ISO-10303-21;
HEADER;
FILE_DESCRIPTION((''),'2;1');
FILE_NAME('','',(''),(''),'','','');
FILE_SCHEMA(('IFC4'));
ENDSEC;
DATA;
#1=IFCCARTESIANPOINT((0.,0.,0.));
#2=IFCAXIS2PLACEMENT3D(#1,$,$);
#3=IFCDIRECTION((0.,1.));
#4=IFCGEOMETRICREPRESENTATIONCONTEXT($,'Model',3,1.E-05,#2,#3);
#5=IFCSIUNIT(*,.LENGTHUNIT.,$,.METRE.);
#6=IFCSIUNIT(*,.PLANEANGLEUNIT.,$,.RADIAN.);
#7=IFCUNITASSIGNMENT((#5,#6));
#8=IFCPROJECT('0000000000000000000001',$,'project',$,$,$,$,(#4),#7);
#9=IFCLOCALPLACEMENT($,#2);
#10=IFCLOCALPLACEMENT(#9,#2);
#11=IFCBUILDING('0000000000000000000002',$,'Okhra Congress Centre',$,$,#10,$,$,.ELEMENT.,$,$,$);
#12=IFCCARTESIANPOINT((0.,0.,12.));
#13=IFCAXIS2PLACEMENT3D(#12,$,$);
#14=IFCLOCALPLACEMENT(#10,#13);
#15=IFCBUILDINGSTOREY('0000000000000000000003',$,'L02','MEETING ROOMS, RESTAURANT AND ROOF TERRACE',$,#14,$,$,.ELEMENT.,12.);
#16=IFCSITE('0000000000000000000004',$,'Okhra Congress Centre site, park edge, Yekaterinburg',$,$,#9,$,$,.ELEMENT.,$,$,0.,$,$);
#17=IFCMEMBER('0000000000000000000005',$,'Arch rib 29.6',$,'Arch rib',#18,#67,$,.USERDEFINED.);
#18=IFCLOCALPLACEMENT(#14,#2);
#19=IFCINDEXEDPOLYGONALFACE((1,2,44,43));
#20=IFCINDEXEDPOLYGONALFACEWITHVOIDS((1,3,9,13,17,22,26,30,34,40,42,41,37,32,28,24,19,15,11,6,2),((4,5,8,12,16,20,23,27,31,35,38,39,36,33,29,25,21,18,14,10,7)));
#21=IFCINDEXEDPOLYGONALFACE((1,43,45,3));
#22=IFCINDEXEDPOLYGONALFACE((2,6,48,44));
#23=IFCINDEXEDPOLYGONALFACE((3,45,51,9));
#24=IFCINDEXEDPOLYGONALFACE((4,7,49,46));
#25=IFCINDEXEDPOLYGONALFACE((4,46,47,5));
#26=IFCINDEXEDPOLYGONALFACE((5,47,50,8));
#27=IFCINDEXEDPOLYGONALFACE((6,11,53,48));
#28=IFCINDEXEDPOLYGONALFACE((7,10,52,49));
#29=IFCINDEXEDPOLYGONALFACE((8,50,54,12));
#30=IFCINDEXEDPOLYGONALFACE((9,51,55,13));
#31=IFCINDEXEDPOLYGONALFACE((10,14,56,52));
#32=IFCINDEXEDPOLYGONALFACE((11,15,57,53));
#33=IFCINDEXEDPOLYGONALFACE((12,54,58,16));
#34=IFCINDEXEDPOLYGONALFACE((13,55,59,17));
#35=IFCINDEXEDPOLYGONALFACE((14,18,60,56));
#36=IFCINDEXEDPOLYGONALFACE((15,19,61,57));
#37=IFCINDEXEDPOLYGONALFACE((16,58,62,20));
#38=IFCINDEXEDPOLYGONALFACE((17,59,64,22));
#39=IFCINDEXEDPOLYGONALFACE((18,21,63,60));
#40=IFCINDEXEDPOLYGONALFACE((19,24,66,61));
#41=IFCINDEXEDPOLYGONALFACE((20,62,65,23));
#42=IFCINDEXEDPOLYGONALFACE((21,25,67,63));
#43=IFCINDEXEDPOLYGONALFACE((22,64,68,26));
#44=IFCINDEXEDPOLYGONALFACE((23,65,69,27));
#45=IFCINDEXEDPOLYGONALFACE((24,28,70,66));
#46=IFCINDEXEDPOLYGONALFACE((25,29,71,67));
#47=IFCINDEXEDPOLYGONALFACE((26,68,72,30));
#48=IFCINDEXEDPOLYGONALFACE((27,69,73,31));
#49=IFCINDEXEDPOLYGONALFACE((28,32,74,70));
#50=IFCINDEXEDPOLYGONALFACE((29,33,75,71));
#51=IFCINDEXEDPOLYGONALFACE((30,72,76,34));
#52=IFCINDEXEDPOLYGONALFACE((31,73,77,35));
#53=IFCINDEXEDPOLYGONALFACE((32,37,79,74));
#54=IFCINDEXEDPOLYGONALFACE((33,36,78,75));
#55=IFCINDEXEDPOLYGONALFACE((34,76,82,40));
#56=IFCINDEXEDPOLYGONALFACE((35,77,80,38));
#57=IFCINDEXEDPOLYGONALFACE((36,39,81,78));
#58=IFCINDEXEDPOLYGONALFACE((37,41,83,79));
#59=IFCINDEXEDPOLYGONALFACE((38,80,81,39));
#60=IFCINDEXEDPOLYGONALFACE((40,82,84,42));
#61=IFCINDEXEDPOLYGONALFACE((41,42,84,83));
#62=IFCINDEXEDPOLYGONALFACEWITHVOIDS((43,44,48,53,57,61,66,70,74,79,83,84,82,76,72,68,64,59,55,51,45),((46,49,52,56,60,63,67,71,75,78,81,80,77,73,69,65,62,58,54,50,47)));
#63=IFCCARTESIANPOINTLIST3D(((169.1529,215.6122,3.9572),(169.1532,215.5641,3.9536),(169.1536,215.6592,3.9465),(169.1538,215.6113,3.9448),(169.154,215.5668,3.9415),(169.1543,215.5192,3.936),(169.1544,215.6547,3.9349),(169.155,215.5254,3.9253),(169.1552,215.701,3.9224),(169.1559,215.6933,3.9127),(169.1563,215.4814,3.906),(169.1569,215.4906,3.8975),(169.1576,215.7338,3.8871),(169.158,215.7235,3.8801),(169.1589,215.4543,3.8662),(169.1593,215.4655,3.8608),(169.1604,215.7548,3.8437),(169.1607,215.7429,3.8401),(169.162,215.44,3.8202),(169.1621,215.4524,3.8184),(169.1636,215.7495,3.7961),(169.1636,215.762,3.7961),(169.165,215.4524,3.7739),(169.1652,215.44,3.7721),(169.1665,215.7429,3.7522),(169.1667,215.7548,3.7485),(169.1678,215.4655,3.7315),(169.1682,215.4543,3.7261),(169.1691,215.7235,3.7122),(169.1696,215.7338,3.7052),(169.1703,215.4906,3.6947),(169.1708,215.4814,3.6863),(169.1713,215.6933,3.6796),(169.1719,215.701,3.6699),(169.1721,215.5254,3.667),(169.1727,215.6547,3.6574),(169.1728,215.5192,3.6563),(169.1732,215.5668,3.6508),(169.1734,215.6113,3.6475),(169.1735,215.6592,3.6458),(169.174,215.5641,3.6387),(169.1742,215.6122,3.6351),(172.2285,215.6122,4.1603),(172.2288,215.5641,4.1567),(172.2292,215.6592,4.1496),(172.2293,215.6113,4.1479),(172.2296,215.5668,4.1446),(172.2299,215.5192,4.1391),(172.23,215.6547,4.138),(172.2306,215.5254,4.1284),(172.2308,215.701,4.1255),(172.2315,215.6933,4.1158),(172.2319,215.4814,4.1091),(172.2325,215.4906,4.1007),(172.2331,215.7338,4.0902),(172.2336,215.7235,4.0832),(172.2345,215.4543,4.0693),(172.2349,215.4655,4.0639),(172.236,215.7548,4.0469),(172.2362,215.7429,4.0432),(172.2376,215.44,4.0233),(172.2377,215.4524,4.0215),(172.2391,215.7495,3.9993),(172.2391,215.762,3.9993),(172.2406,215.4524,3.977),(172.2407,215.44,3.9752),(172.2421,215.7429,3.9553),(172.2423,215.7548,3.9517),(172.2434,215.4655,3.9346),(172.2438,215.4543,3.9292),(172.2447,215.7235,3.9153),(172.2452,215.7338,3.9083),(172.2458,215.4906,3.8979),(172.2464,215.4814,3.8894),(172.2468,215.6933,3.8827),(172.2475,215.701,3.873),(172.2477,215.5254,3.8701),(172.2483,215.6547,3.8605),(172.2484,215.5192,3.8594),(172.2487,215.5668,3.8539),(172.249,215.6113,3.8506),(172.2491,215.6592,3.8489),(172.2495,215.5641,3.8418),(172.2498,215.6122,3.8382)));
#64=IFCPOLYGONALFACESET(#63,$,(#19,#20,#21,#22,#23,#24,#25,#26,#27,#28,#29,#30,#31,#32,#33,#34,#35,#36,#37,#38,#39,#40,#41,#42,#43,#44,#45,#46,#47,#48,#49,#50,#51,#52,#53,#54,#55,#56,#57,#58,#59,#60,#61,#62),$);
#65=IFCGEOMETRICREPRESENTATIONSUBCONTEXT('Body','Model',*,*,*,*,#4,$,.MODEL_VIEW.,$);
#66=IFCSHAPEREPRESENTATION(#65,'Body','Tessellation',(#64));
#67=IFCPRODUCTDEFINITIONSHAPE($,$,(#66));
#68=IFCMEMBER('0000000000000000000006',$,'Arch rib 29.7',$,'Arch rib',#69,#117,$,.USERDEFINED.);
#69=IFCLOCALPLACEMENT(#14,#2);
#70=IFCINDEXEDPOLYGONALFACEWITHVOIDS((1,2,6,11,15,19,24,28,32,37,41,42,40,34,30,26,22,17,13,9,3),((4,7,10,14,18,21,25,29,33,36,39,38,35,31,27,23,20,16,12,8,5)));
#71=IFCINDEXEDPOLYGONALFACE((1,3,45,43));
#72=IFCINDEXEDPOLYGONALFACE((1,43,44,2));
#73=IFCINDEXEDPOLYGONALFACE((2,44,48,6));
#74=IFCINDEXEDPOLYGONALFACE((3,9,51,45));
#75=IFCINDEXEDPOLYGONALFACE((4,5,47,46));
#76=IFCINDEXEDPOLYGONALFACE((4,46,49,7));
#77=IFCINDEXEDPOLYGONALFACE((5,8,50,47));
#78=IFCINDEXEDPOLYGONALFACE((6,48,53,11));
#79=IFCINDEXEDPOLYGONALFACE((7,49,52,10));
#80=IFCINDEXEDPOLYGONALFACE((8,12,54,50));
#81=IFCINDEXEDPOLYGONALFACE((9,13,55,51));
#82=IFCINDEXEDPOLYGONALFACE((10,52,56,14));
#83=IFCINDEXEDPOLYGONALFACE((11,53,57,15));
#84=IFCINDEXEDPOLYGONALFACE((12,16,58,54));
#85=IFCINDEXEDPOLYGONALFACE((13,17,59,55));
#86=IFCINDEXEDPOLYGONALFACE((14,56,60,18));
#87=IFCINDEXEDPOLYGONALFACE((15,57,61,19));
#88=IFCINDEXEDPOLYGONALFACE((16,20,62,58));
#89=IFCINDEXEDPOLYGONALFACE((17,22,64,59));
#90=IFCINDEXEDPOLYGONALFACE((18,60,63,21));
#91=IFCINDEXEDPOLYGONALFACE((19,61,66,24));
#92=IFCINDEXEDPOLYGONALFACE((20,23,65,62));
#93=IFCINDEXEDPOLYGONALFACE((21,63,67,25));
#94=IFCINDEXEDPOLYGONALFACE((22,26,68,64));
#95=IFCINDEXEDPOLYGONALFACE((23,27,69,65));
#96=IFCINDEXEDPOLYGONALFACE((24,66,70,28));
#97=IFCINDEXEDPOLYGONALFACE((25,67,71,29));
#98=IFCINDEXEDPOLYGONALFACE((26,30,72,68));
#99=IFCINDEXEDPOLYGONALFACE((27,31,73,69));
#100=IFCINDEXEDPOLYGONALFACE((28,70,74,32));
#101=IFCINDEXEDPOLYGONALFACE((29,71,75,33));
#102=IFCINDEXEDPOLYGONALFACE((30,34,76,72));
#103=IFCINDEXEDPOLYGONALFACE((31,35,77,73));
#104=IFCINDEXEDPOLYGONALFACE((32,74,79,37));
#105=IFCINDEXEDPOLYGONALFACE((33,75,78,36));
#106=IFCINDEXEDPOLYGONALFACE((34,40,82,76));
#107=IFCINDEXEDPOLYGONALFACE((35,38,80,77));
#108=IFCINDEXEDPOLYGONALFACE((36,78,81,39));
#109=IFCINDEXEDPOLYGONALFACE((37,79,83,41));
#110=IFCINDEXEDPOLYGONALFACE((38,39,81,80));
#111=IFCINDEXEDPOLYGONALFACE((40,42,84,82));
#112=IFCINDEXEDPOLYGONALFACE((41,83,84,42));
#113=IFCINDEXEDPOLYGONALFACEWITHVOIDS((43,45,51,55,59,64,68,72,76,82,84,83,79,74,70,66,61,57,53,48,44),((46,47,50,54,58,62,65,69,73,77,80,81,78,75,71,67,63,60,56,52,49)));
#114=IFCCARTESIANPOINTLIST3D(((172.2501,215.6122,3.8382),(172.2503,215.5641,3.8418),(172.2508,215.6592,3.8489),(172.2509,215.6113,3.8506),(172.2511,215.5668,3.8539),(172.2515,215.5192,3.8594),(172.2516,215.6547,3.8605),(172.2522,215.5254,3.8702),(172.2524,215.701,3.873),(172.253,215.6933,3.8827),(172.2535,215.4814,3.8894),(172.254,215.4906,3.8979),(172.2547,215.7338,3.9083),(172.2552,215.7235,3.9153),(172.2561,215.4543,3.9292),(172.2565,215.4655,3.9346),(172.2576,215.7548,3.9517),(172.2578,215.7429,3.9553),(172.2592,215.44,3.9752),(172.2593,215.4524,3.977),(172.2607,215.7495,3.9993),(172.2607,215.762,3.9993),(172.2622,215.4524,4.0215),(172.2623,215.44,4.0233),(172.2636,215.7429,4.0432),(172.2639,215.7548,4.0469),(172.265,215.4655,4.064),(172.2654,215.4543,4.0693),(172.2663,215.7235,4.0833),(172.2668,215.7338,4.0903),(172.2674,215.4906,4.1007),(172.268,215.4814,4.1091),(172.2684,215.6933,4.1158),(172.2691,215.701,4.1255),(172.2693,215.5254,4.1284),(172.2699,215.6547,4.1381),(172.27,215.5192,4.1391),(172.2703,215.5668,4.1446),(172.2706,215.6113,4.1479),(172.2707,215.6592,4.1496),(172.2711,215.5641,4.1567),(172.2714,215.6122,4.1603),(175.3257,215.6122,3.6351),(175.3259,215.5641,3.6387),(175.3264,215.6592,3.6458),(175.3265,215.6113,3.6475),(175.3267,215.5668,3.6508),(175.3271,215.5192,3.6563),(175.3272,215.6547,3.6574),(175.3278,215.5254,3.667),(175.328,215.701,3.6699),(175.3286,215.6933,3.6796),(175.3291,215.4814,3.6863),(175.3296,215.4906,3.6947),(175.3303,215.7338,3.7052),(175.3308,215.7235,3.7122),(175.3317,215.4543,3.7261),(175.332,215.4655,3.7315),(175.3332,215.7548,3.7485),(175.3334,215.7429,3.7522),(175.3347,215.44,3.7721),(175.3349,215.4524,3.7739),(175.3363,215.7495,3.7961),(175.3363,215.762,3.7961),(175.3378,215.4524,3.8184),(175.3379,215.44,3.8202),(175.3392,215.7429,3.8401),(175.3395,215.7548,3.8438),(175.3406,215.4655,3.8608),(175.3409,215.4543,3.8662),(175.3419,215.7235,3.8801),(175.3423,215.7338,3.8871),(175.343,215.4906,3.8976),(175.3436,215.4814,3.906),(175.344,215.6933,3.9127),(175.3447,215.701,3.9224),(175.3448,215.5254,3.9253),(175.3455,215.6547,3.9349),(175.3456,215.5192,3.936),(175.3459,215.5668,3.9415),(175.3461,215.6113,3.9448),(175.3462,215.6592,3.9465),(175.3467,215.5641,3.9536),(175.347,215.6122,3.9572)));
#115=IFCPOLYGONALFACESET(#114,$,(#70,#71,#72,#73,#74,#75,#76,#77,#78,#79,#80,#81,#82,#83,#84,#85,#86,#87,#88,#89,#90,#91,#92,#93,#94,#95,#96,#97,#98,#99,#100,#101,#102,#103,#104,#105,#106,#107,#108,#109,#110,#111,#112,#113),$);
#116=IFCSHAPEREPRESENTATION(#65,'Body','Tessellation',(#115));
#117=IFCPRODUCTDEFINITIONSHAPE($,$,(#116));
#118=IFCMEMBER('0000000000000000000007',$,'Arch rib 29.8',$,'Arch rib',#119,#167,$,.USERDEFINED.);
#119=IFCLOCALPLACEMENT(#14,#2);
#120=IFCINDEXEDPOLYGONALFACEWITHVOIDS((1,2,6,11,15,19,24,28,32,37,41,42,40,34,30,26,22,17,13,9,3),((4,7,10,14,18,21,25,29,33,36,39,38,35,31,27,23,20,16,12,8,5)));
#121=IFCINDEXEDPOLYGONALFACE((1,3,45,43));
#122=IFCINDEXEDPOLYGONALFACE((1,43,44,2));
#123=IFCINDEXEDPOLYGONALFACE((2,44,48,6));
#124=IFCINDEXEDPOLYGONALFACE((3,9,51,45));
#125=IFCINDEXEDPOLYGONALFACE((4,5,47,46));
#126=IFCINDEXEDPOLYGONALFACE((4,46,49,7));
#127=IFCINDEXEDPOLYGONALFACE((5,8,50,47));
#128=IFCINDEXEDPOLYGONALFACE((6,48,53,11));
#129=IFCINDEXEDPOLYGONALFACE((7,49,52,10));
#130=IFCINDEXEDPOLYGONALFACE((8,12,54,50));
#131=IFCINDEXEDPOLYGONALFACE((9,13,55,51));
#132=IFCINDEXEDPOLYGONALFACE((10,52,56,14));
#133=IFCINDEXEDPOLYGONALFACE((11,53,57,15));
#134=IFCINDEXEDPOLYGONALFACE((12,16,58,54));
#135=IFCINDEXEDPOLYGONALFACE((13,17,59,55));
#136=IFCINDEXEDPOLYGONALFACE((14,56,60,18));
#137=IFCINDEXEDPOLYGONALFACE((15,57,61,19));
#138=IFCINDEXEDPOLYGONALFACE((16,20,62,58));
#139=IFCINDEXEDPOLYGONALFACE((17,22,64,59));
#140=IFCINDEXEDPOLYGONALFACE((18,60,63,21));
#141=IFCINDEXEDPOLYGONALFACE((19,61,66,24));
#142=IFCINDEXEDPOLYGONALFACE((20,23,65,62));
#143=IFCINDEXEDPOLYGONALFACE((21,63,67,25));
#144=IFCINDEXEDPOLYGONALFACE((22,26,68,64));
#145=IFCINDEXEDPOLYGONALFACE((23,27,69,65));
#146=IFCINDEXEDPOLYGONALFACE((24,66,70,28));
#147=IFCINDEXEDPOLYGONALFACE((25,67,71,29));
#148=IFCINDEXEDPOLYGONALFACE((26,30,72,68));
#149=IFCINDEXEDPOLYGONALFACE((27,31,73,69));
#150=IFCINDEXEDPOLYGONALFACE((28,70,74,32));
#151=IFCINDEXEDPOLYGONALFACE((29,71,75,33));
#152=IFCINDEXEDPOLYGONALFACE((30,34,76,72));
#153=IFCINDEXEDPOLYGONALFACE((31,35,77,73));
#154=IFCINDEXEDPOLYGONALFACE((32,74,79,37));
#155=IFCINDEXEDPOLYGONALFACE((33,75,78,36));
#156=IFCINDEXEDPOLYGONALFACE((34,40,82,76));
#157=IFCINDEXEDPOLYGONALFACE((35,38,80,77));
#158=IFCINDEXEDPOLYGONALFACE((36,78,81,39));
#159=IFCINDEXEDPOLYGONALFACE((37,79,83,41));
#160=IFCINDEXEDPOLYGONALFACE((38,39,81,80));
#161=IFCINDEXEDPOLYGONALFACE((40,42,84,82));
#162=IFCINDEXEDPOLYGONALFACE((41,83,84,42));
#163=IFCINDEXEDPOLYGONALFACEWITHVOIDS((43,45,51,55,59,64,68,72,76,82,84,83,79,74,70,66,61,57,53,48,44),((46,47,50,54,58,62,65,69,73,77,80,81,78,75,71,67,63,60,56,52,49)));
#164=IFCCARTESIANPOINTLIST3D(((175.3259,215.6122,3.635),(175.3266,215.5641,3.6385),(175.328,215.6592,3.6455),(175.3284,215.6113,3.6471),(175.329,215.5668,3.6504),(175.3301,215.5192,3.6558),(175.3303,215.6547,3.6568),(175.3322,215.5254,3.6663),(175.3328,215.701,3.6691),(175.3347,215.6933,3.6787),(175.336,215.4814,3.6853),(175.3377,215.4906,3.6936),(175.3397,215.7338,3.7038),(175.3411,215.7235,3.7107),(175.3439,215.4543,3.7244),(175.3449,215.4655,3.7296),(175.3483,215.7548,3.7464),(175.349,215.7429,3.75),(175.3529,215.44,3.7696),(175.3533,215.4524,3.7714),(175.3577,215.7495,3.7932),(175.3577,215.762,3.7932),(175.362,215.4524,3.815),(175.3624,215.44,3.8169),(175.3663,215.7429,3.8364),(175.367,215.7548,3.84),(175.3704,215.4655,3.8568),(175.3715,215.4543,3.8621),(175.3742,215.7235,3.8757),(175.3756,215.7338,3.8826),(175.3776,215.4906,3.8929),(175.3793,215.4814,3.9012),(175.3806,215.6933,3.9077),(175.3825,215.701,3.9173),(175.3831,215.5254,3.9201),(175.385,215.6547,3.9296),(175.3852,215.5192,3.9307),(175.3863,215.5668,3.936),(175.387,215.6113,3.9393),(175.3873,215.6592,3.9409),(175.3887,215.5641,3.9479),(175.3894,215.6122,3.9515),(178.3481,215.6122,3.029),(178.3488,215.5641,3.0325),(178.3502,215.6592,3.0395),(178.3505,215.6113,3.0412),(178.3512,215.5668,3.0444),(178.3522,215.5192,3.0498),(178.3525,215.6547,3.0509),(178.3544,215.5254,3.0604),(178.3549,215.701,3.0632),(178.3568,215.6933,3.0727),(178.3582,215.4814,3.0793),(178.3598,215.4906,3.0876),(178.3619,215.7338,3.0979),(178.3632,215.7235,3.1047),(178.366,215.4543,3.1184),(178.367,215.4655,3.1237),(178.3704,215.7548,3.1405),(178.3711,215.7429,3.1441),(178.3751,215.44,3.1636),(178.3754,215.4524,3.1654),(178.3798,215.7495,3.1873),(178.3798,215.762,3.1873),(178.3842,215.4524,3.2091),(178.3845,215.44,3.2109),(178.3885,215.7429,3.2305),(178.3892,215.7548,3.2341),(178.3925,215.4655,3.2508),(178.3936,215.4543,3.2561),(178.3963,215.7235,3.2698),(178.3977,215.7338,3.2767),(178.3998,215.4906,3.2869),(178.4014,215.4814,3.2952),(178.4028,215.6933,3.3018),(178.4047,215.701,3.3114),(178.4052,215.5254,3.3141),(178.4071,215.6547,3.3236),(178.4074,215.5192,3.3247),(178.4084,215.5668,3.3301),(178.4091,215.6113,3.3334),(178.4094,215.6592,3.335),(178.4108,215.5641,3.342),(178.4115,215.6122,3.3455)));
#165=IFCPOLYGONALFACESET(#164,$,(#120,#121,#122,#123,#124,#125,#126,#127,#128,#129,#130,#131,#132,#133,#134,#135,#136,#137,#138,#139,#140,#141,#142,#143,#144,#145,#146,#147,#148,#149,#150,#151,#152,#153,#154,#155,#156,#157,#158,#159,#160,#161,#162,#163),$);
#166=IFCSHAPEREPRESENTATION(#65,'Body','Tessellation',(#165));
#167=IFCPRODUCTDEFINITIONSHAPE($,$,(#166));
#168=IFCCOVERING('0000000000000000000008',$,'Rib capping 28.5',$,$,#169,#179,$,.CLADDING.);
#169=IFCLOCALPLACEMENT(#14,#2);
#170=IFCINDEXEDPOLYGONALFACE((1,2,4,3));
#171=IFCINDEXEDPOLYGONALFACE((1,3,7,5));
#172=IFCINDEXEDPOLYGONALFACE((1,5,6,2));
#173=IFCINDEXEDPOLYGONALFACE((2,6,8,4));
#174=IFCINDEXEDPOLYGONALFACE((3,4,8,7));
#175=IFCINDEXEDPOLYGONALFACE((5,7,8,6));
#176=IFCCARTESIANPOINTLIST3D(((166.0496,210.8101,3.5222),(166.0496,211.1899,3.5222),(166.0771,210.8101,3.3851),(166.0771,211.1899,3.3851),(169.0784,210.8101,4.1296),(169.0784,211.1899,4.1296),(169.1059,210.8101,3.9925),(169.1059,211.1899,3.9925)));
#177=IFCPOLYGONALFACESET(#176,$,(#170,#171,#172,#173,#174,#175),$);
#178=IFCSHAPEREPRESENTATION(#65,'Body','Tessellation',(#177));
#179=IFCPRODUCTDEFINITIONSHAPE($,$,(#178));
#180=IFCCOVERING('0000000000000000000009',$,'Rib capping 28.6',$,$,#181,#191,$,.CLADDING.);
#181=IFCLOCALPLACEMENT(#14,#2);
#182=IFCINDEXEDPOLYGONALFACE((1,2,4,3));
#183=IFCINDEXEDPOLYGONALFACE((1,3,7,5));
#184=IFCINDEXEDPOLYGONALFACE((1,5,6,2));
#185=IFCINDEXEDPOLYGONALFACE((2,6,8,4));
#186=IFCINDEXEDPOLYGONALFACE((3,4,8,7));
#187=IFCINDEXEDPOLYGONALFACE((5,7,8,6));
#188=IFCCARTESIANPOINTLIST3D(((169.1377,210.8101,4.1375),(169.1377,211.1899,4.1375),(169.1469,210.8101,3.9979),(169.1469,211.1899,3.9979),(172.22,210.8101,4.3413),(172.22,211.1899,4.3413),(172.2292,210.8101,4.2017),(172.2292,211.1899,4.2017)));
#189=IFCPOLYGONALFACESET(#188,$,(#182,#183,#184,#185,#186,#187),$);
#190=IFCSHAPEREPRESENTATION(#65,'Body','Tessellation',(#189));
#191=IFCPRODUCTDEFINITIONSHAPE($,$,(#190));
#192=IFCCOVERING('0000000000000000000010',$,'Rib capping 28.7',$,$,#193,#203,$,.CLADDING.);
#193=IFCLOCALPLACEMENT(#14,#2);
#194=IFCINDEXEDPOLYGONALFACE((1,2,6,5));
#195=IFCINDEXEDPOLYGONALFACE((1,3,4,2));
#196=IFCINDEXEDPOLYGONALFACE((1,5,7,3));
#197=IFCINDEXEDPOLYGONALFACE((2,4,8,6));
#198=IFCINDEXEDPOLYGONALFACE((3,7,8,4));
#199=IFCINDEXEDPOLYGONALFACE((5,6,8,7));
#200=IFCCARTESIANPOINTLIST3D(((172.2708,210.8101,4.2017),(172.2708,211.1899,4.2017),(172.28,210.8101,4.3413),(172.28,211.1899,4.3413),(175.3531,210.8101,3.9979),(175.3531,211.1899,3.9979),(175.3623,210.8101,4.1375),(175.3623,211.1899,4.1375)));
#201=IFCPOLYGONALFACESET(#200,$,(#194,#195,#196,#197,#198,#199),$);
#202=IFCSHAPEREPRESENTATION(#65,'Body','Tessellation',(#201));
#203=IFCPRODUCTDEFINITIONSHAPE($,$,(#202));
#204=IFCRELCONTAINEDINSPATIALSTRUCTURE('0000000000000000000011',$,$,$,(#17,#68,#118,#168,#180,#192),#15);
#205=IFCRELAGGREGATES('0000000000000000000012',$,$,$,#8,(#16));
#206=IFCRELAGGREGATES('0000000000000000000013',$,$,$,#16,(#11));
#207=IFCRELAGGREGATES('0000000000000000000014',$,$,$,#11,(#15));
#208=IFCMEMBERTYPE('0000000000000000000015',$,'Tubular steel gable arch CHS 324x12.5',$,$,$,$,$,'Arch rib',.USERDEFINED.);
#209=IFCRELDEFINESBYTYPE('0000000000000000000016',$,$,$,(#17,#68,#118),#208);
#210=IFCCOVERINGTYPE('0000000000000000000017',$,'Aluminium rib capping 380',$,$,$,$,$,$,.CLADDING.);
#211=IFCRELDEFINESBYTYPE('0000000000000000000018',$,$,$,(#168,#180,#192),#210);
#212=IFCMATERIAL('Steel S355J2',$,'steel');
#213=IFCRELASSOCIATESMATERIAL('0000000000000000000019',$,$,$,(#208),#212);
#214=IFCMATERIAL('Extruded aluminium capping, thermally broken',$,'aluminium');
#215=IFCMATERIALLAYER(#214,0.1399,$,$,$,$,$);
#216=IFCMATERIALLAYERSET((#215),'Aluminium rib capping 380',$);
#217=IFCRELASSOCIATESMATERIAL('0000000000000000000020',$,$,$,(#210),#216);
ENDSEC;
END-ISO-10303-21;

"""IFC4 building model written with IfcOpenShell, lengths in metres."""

from ifc_helpers import new_model, si_unit, direction, frame, origin, origin_2d, place, context, subcontext, project, spatial, polyline, hollow_circle, outline, extrude, material, layer, layer_set, material_profile, profile_set, type_object, element, save


model = new_model("IFC4")

# Units and contexts
model_context = context("Model", 3, precision=1e-05, world=origin(), true_north=direction((0.0, 1.0)))
body_context = subcontext(model_context, "Body", "Model", "MODEL_VIEW")
ifc_project = project(units=[si_unit("LENGTHUNIT", "METRE"), si_unit("PLANEANGLEUNIT", "RADIAN")], contexts=[model_context])

# Site, building, storey
site_placement = place(None, origin())
site = spatial("IfcSite", under=ifc_project, at=site_placement, Name="Okhra Congress Centre site, park edge, Yekaterinburg", CompositionType="ELEMENT", RefElevation=0.0)
building_placement = place(site_placement, origin())
building = spatial("IfcBuilding", under=site, at=building_placement, Name="Okhra Congress Centre", CompositionType="ELEMENT")
storey_placement = place(building_placement, frame((0.0, 0.0, 12.0)))
storey = spatial("IfcBuildingStorey", under=building, at=storey_placement, Name="L02", Description="MEETING ROOMS, RESTAURANT AND ROOF TERRACE", CompositionType="ELEMENT", Elevation=12.0)

# Members
ifc_material_1 = material(Name="Steel S355J2", Category="steel")
ifc_material_profile_1 = material_profile(ifc_material_1, hollow_circle(Radius=0.1619, WallThickness=0.0125, at=origin_2d()), Name="CHS 323.9x12.5")
ifc_profile_set_1 = profile_set([ifc_material_profile_1], Name="Steel S355J2")
member_type_1 = type_object("IfcMemberType", Name="Tubular steel gable arch CHS 324x12.5", ElementType="Arch rib", PredefinedType="USERDEFINED", material=ifc_profile_set_1)
for number, where, z_axis, x_axis, name in (
    (1, (169.1636, 215.6001, 3.7961), (0.997826, 0.0, 0.065899), (0.0, 1.0, 0.0), "Arch rib 29.6"),
    (2, (172.2607, 215.6001, 3.9993), (0.997826, 0.0, -0.065899), (0.0, 1.0, 0.0), "Arch rib 29.7"),
    (3, (175.3577, 215.6001, 3.7932), (0.980486, 0.0, -0.196588), (0.0, 1.0, 0.0), "Arch rib 29.8"),
):
    element("IfcMember", number, at=place(storey_placement, frame(where, z_axis=z_axis, x_axis=x_axis)), inside=storey, type_object=member_type_1, Name=name, ObjectType="Arch rib", PredefinedType="USERDEFINED", context=body_context, shape_type="SweptSolid", body=[
        extrude(hollow_circle(Radius=0.1619, WallThickness=0.0125, at=origin_2d()), origin(), (0.0, 0.0, 1.0), 3.0823),
    ])

# Coverings
ifc_material_2 = material(Name="Extruded aluminium capping, thermally broken", Category="aluminium")
ifc_layer_1 = layer(ifc_material_2, 0.1399)
ifc_layer_set_1 = layer_set([ifc_layer_1], Name="Aluminium rib capping 380")
covering_type = type_object("IfcCoveringType", Name="Aluminium rib capping 380", PredefinedType="CLADDING", material=ifc_layer_set_1)
covering_1_placement = place(storey_placement, frame((166.0496, 210.8101, 3.5222), z_axis=(-0.196633, 0.0, 0.980477), x_axis=(0.980477, 0.0, 0.196633)))
element("IfcCovering", 4, at=covering_1_placement, inside=storey, type_object=covering_type, Name="Rib capping 28.5", PredefinedType="CLADDING", context=body_context, shape_type="SweptSolid", body=[
    extrude(outline(polyline([(0.0, 0.0), (3.0891, 0.0), (3.0891, 0.3799), (0.0, 0.3799), (0.0, 0.0)])), origin(), (0.0, 0.0, -1.0), 0.1399),
])
for number, where, z_axis, x_axis, name in (
    (5, (169.1377, 210.8101, 4.1375), (-0.065994, 0.0, 0.99782), (0.99782, 0.0, 0.065994), "Rib capping 28.6"),
    (6, (172.28, 210.8101, 4.3413), (0.065994, 0.0, 0.99782), (0.99782, 0.0, -0.065994), "Rib capping 28.7"),
):
    element("IfcCovering", number, at=place(storey_placement, frame(where, z_axis=z_axis, x_axis=x_axis)), inside=storey, type_object=covering_type, Name=name, PredefinedType="CLADDING", context=body_context, shape_type="SweptSolid", body=[
        extrude(outline(polyline([(0.0, 0.0), (3.089, 0.0), (3.089, 0.3799), (0.0, 0.3799), (0.0, 0.0)])), origin(), (0.0, 0.0, -1.0), 0.1399),
    ])

save(model, "model.ifc")
